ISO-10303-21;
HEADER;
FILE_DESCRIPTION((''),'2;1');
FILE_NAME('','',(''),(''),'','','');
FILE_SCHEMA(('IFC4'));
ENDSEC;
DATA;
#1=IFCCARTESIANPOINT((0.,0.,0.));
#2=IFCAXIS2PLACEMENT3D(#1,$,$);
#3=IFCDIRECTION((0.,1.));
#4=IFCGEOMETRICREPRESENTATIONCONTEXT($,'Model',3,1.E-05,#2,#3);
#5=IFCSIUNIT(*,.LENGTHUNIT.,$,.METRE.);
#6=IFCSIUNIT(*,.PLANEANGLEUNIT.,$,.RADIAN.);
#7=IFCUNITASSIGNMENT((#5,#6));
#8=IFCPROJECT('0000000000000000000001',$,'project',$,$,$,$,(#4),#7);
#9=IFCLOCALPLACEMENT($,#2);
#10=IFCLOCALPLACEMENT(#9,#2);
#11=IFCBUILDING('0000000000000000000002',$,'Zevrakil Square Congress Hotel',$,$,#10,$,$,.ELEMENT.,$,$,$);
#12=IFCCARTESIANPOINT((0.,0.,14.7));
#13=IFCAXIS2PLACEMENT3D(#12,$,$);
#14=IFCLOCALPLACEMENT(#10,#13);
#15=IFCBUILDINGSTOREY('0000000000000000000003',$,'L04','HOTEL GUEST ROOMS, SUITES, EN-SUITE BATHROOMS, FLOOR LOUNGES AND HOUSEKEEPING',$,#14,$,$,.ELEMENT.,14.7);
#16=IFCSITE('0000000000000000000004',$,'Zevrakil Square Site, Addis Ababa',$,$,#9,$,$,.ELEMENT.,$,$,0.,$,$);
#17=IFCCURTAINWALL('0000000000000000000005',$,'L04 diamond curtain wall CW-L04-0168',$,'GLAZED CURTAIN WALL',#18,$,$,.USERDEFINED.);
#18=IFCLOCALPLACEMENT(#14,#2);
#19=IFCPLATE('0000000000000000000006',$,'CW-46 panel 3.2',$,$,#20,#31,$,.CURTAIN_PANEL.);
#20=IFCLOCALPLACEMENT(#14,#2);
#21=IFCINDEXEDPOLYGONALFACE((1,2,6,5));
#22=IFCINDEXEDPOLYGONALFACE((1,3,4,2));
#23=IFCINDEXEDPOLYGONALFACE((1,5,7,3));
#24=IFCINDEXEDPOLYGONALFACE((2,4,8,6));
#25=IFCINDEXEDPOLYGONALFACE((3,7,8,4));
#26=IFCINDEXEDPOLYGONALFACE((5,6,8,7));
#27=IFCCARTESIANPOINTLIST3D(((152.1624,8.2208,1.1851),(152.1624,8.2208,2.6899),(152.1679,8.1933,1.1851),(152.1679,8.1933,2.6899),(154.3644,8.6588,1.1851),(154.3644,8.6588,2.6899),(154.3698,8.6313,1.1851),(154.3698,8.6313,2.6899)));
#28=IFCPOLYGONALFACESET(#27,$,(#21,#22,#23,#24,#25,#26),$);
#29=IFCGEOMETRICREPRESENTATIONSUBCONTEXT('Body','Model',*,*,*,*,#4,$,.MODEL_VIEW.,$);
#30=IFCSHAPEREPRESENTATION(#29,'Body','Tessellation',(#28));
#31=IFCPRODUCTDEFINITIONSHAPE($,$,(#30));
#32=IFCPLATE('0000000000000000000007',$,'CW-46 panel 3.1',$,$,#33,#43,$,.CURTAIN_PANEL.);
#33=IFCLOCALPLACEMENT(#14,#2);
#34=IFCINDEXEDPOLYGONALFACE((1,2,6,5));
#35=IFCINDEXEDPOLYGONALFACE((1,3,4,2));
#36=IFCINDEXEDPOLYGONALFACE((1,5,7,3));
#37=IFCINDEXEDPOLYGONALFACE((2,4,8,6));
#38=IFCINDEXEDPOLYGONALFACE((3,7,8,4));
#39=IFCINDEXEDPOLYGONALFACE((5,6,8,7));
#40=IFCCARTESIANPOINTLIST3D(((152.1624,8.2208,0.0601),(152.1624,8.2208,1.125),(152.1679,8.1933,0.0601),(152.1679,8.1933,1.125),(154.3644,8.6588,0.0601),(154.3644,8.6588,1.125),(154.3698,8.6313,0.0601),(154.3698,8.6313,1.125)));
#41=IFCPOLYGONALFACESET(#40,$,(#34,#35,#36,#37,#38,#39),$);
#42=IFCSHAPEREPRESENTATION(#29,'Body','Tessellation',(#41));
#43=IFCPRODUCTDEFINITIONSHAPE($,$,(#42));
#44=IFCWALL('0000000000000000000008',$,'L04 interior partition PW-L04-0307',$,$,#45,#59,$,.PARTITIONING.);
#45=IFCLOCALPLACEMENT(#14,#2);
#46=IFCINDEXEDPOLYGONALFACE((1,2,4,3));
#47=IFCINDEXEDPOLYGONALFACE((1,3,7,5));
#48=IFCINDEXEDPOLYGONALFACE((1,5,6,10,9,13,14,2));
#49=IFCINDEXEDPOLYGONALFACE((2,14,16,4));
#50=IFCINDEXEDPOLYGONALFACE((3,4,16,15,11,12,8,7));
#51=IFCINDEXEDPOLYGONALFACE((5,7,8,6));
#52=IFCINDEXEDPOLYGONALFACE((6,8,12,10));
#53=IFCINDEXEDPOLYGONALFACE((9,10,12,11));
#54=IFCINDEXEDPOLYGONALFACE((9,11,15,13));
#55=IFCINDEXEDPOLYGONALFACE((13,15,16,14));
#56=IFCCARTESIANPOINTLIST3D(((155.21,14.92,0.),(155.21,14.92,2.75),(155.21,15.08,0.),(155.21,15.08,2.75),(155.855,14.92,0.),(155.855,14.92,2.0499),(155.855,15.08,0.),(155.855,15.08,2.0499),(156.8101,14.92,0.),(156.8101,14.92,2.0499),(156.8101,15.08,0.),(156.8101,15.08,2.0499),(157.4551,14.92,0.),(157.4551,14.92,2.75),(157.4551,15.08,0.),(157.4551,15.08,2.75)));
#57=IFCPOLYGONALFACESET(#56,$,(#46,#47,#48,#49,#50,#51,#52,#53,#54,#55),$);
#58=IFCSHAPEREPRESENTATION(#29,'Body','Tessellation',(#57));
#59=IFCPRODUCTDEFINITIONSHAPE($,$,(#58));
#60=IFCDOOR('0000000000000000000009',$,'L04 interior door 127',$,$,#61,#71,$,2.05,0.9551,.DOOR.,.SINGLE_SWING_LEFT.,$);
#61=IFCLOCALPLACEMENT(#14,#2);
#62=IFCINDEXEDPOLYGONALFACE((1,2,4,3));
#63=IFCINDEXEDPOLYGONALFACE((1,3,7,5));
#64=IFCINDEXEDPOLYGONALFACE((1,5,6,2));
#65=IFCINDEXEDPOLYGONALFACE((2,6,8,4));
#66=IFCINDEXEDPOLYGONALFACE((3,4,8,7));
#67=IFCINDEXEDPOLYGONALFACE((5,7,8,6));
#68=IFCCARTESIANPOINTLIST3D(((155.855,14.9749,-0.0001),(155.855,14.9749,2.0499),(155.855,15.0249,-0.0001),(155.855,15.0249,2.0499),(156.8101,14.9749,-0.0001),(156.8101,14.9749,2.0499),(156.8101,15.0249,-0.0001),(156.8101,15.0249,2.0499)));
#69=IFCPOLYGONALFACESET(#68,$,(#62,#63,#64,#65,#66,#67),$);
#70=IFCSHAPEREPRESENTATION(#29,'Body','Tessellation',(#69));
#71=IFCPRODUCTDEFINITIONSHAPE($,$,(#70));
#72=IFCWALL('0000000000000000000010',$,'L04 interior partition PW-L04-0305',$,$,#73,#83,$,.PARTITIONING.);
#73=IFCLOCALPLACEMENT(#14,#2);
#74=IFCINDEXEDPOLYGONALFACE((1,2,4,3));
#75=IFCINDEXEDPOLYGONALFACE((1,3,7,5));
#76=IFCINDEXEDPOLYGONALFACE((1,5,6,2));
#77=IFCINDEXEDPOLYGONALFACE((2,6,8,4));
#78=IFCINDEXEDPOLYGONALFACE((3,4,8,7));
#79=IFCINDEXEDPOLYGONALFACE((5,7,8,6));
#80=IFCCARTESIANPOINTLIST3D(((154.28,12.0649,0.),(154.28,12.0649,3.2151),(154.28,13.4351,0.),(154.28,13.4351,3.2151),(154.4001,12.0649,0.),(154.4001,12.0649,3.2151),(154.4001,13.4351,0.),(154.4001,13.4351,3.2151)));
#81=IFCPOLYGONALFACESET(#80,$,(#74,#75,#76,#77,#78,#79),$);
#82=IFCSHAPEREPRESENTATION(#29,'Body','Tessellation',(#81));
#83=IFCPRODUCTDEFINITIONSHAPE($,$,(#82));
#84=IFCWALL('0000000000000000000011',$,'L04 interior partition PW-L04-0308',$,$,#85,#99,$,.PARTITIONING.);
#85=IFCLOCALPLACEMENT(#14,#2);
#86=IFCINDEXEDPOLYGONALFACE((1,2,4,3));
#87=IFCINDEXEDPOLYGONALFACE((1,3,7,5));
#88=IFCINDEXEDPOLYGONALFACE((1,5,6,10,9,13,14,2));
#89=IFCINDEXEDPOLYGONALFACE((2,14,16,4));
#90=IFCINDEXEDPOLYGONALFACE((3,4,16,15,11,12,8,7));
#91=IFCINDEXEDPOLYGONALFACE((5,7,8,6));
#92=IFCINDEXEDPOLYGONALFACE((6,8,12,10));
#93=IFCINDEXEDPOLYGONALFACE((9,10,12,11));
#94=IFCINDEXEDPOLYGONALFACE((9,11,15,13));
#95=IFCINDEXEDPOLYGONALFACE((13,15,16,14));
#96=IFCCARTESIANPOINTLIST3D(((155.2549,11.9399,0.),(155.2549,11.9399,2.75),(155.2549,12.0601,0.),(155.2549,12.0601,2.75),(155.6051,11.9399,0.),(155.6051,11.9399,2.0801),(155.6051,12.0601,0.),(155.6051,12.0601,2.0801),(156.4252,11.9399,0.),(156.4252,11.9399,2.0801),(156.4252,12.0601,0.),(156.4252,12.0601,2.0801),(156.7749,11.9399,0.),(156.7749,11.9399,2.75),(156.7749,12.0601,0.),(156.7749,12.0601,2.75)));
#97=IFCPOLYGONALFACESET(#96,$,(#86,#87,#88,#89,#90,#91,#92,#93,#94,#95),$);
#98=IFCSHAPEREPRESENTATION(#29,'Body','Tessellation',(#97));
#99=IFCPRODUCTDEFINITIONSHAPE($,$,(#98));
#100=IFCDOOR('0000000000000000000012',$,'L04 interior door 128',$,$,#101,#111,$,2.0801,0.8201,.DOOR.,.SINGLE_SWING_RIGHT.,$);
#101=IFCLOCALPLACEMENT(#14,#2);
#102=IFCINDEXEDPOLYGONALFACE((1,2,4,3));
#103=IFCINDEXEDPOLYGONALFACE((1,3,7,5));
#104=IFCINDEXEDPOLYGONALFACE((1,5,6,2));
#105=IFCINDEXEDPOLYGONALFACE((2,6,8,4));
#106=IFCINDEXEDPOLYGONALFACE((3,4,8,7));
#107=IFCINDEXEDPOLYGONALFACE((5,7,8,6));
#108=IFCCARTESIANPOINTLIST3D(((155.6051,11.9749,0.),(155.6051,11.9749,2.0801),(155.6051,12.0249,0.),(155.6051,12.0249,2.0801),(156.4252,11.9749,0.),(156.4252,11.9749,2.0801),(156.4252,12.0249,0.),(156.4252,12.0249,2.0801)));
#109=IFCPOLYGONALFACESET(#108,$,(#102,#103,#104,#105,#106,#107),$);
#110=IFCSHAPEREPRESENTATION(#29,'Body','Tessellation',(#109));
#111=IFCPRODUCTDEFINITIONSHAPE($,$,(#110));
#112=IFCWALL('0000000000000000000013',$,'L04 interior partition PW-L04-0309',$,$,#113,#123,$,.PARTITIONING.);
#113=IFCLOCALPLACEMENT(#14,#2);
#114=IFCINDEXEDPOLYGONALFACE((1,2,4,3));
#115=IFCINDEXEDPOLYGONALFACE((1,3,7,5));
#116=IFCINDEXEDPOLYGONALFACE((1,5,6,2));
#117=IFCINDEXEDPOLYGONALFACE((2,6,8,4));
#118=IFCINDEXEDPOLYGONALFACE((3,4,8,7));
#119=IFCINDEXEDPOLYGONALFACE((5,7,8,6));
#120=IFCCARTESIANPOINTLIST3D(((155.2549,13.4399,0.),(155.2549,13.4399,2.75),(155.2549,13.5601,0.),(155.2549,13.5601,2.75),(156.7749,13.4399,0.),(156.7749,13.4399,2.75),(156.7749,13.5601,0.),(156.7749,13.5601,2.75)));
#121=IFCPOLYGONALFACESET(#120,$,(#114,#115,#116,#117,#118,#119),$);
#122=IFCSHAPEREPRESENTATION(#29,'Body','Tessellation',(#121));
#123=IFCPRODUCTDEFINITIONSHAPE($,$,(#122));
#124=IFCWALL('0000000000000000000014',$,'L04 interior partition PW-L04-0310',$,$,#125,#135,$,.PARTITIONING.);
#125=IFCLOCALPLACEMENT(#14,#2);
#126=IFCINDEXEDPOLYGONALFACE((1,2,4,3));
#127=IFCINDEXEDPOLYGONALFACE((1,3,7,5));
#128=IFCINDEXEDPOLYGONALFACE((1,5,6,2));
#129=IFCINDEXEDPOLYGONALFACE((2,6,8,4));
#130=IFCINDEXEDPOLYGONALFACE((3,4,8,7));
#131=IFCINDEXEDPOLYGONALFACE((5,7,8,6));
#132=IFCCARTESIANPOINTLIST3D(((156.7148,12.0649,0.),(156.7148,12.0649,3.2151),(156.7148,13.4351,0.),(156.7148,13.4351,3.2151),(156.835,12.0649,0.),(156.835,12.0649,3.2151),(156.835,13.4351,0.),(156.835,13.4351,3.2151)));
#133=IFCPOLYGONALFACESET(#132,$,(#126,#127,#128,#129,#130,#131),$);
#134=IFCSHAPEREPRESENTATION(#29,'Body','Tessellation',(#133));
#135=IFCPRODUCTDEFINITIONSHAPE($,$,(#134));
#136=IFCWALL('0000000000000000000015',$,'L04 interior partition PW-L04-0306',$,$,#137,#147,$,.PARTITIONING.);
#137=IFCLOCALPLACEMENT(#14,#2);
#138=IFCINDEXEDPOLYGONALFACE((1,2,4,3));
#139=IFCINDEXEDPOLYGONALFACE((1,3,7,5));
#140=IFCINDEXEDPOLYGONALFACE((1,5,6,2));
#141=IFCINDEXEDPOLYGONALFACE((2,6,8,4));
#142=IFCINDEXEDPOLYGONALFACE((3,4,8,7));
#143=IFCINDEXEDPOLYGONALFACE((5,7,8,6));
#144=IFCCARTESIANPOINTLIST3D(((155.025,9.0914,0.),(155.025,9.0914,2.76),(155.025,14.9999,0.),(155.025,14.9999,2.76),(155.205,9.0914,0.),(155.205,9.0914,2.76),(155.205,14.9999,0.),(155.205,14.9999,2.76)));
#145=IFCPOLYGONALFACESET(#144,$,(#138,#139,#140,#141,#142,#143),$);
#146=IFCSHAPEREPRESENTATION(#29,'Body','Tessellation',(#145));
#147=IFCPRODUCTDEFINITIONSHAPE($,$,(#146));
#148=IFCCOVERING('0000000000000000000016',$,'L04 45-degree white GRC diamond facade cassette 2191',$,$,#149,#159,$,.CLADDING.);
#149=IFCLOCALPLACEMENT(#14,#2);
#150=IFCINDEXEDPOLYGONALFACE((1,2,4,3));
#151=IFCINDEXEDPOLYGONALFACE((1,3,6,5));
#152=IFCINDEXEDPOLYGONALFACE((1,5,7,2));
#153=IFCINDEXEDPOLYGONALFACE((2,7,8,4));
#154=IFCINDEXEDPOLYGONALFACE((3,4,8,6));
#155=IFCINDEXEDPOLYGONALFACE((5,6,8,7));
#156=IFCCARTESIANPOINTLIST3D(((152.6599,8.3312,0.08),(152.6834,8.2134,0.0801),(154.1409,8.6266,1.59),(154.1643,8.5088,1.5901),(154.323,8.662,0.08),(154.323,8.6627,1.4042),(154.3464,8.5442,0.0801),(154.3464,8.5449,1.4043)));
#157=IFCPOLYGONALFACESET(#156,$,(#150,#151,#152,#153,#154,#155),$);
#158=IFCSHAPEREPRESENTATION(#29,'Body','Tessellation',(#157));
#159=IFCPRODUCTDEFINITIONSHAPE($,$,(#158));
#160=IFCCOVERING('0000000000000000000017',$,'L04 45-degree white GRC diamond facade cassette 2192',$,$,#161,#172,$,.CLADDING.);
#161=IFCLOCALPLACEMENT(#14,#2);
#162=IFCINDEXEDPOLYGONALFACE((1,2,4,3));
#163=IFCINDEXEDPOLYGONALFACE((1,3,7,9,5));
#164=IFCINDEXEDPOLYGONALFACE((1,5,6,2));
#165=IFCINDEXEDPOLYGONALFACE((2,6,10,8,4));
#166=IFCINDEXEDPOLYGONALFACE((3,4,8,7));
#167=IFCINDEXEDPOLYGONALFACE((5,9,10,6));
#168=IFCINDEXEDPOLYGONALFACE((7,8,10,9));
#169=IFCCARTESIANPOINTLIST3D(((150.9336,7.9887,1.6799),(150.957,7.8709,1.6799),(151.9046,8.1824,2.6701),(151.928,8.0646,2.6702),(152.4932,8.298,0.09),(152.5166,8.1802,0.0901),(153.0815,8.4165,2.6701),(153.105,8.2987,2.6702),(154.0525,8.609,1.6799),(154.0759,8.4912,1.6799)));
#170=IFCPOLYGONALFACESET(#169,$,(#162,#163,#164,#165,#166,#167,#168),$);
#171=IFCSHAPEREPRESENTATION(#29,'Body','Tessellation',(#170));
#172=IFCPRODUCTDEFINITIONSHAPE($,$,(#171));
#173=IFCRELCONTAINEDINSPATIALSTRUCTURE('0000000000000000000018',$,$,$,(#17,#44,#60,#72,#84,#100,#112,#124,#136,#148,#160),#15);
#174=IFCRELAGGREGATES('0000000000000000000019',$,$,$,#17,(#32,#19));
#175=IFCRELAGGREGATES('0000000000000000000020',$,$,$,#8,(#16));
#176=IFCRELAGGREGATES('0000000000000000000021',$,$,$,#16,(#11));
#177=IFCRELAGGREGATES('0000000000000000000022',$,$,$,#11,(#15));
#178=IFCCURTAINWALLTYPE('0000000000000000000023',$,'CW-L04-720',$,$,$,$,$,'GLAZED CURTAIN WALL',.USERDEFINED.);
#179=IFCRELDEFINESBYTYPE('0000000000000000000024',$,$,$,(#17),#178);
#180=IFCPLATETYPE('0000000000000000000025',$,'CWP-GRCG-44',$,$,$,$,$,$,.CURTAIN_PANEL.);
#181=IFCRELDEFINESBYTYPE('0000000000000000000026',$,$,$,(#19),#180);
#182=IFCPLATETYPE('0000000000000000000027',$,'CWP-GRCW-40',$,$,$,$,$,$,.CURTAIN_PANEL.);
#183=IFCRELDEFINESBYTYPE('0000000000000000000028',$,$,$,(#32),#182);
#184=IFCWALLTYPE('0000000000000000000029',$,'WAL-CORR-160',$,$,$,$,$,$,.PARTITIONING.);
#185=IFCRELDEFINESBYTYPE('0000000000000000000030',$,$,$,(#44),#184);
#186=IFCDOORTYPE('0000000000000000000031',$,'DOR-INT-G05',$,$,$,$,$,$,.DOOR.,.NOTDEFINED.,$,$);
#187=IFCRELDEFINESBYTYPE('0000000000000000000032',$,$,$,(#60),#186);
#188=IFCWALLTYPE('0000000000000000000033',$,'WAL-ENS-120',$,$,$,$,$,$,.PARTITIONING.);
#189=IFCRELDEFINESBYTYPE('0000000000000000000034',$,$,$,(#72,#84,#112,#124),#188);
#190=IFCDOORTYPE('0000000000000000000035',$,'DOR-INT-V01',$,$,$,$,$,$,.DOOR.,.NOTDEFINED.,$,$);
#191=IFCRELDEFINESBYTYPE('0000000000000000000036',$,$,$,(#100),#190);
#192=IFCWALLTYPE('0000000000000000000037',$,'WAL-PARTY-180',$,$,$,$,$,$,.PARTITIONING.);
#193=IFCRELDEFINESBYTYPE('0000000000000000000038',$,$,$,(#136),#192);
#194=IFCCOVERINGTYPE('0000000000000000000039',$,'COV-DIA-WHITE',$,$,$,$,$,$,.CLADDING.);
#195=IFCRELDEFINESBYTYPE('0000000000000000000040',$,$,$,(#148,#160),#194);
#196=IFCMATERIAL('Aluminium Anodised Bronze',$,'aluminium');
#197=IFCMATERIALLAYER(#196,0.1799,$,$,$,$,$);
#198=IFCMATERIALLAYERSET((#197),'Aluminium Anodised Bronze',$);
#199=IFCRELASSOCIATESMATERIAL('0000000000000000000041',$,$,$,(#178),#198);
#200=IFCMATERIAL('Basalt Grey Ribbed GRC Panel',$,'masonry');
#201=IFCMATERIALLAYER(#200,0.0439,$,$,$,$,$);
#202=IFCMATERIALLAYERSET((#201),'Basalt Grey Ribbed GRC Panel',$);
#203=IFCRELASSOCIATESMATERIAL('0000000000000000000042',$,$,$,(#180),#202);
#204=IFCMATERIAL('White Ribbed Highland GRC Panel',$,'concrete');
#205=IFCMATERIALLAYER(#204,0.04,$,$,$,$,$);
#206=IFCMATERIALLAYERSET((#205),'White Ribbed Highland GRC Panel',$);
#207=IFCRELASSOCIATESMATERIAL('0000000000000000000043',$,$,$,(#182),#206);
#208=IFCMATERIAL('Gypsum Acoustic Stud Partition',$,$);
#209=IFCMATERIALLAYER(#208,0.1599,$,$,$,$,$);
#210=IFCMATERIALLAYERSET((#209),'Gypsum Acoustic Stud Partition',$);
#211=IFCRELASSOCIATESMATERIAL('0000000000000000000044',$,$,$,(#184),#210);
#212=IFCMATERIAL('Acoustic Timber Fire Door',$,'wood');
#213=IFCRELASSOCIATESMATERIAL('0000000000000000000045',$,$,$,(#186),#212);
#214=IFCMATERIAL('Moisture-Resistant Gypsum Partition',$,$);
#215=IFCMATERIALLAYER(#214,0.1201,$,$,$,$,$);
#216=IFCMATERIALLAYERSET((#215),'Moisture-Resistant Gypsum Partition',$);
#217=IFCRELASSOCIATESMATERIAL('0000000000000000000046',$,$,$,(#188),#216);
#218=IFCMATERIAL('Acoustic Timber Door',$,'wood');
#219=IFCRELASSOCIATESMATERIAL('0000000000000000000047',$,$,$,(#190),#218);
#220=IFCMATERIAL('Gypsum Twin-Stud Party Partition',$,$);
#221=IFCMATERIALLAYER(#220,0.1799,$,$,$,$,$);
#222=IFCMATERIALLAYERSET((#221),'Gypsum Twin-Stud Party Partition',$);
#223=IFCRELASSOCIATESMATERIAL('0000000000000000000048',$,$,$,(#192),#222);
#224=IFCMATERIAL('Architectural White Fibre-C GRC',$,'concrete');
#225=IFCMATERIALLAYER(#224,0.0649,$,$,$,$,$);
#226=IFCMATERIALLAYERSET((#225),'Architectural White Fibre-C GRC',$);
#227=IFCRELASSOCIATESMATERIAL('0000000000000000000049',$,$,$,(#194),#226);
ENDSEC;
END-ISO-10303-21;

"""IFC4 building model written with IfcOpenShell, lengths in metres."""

from ifc_helpers import new_model, si_unit, direction, frame, frame_2d, origin, origin_2d, place, context, subcontext, project, spatial, polyline, rectangle, outline, extrude, material, layer, layer_set, type_object, element, fill, aggregate, save


model = new_model("IFC4")

# Units and contexts
model_context = context("Model", 3, precision=1e-05, world=origin(), true_north=direction((0.0, 1.0)))
body_context = subcontext(model_context, "Body", "Model", "MODEL_VIEW")
ifc_project = project(units=[si_unit("LENGTHUNIT", "METRE"), si_unit("PLANEANGLEUNIT", "RADIAN")], contexts=[model_context])

# Site, building, storey
site_placement = place(None, origin())
site = spatial("IfcSite", under=ifc_project, at=site_placement, Name="Zevrakil Square Site, Addis Ababa", CompositionType="ELEMENT", RefElevation=0.0)
building_placement = place(site_placement, origin())
building = spatial("IfcBuilding", under=site, at=building_placement, Name="Zevrakil Square Congress Hotel", CompositionType="ELEMENT")
storey_placement = place(building_placement, frame((0.0, 0.0, 14.7)))
storey = spatial("IfcBuildingStorey", under=building, at=storey_placement, Name="L04", Description="HOTEL GUEST ROOMS, SUITES, EN-SUITE BATHROOMS, FLOOR LOUNGES AND HOUSEKEEPING", CompositionType="ELEMENT", Elevation=14.7)

# Shared definitions
ifc_material_1 = material(Name="Aluminium Anodised Bronze", Category="aluminium")
ifc_layer_1 = layer(ifc_material_1, 0.1799)
ifc_layer_set_1 = layer_set([ifc_layer_1], Name="Aluminium Anodised Bronze")
curtain_wall_type = type_object("IfcCurtainWallType", Name="CW-L04-720", ElementType="GLAZED CURTAIN WALL", PredefinedType="USERDEFINED", material=ifc_layer_set_1)

# Curtain wall
curtain_wall_1_placement = place(storey_placement, origin())
curtain_wall_1 = element("IfcCurtainWall", 1, at=curtain_wall_1_placement, inside=storey, type_object=curtain_wall_type, Name="L04 diamond curtain wall CW-L04-0168", ObjectType="GLAZED CURTAIN WALL", PredefinedType="USERDEFINED")

# Plates
ifc_material_2 = material(Name="Basalt Grey Ribbed GRC Panel", Category="masonry")
ifc_layer_2 = layer(ifc_material_2, 0.0439)
ifc_layer_set_2 = layer_set([ifc_layer_2], Name="Basalt Grey Ribbed GRC Panel")
plate_type_1 = type_object("IfcPlateType", Name="CWP-GRCG-44", PredefinedType="CURTAIN_PANEL", material=ifc_layer_set_2)
plate_1_placement = place(storey_placement, frame((153.2661, 8.426, 1.1851), z_axis=(0.0, 0.0, 1.0), x_axis=(0.980787, 0.195084, 0.0)))
plate_1 = element("IfcPlate", 2, at=plate_1_placement, type_object=plate_type_1, Name="CW-46 panel 3.2", PredefinedType="CURTAIN_PANEL", context=body_context, shape_type="SweptSolid", body=[
    extrude(rectangle(XDim=2.2451, YDim=0.0281, at=origin_2d()), origin(), (0.0, 0.0, 1.0), 1.5049),
])
ifc_material_3 = material(Name="White Ribbed Highland GRC Panel", Category="concrete")
ifc_layer_3 = layer(ifc_material_3, 0.04)
ifc_layer_set_3 = layer_set([ifc_layer_3], Name="White Ribbed Highland GRC Panel")
plate_type_2 = type_object("IfcPlateType", Name="CWP-GRCW-40", PredefinedType="CURTAIN_PANEL", material=ifc_layer_set_3)
plate_2_placement = place(storey_placement, frame((153.2661, 8.426, 0.0601), z_axis=(0.0, 0.0, 1.0), x_axis=(0.980787, 0.195084, 0.0)))
plate_2 = element("IfcPlate", 3, at=plate_2_placement, type_object=plate_type_2, Name="CW-46 panel 3.1", PredefinedType="CURTAIN_PANEL", context=body_context, shape_type="SweptSolid", body=[
    extrude(rectangle(XDim=2.2451, YDim=0.0281, at=origin_2d()), origin(), (0.0, 0.0, 1.0), 1.0649),
])
aggregate(curtain_wall_1, [plate_2, plate_1])

# Wall, opening, door
ifc_material_4 = material(Name="Gypsum Acoustic Stud Partition")
ifc_layer_4 = layer(ifc_material_4, 0.1599)
ifc_layer_set_4 = layer_set([ifc_layer_4], Name="Gypsum Acoustic Stud Partition")
wall_type_1 = type_object("IfcWallType", Name="WAL-CORR-160", PredefinedType="PARTITIONING", material=ifc_layer_set_4)
wall_1_placement = place(storey_placement, frame((155.21, 15.0, 0.0), z_axis=(0.0, 0.0, 1.0), x_axis=(1.0, 0.0, 0.0)))
wall_1 = element("IfcWall", 4, at=wall_1_placement, inside=storey, type_object=wall_type_1, Name="L04 interior partition PW-L04-0307", PredefinedType="PARTITIONING", context=body_context, shape_type="SweptSolid", body=[
    extrude(rectangle(XDim=2.2451, YDim=0.1599, at=frame_2d((1.1226, 0.0))), origin(), (0.0, 0.0, 1.0), 2.75),
])
opening_1_placement = place(wall_1_placement, frame((0.645, 0.0, 0.0)))
opening_1 = element("IfcOpeningElement", 5, at=opening_1_placement, cuts=wall_1, PredefinedType="OPENING", context=body_context, shape_type="SweptSolid", body=[
    extrude(rectangle(XDim=0.9551, YDim=2.05, at=frame_2d((0.4775, 1.0249))), frame((0.0, 0.0898, 0.0), z_axis=(0.0, -1.0, 0.0), x_axis=(1.0, 0.0, 0.0)), (0.0, 0.0, 1.0), 0.1799),
])
ifc_material_5 = material(Name="Acoustic Timber Fire Door", Category="wood")
door_type_1 = type_object("IfcDoorType", Name="DOR-INT-G05", OperationType="NOTDEFINED", PredefinedType="DOOR", material=ifc_material_5)
door_1_placement = place(opening_1_placement, origin())
door_1 = element("IfcDoor", 6, at=door_1_placement, inside=storey, type_object=door_type_1, Name="L04 interior door 127", OperationType="SINGLE_SWING_LEFT", OverallHeight=2.05, OverallWidth=0.9551, PredefinedType="DOOR", context=body_context, shape_type="SweptSolid", body=[
    extrude(rectangle(XDim=0.9551, YDim=2.05, at=frame_2d((0.4775, 1.0249))), frame((0.0, 0.0249, 0.0), z_axis=(0.0, -1.0, 0.0), x_axis=(1.0, 0.0, 0.0)), (0.0, 0.0, 1.0), 0.05),
])
fill(opening_1, door_1)

# Wall
ifc_material_6 = material(Name="Moisture-Resistant Gypsum Partition")
ifc_layer_5 = layer(ifc_material_6, 0.1201)
ifc_layer_set_5 = layer_set([ifc_layer_5], Name="Moisture-Resistant Gypsum Partition")
wall_type_2 = type_object("IfcWallType", Name="WAL-ENS-120", PredefinedType="PARTITIONING", material=ifc_layer_set_5)
wall_2_placement = place(storey_placement, frame((154.3401, 12.0649, 0.0), z_axis=(0.0, 0.0, 1.0), x_axis=(0.0, 1.0, 0.0)))
element("IfcWall", 7, at=wall_2_placement, inside=storey, type_object=wall_type_2, Name="L04 interior partition PW-L04-0305", PredefinedType="PARTITIONING", context=body_context, shape_type="SweptSolid", body=[
    extrude(rectangle(XDim=1.3701, YDim=0.1201, at=frame_2d((0.6851, 0.0))), origin(), (0.0, 0.0, 1.0), 3.2151),
])

# Wall, opening, door
wall_3_placement = place(storey_placement, frame((155.2549, 12.0, 0.0), z_axis=(0.0, 0.0, 1.0), x_axis=(1.0, 0.0, 0.0)))
wall_3 = element("IfcWall", 8, at=wall_3_placement, inside=storey, type_object=wall_type_2, Name="L04 interior partition PW-L04-0308", PredefinedType="PARTITIONING", context=body_context, shape_type="SweptSolid", body=[
    extrude(rectangle(XDim=1.52, YDim=0.1201, at=frame_2d((0.76, 0.0))), origin(), (0.0, 0.0, 1.0), 2.75),
])
opening_2_placement = place(wall_3_placement, frame((0.3501, 0.0, 0.0)))
opening_2 = element("IfcOpeningElement", 9, at=opening_2_placement, cuts=wall_3, PredefinedType="OPENING", context=body_context, shape_type="SweptSolid", body=[
    extrude(rectangle(XDim=0.8201, YDim=2.0801, at=frame_2d((0.4102, 1.04))), frame((0.0, 0.0701, 0.0), z_axis=(0.0, -1.0, 0.0), x_axis=(1.0, 0.0, 0.0)), (0.0, 0.0, 1.0), 0.1401),
])
ifc_material_7 = material(Name="Acoustic Timber Door", Category="wood")
door_type_2 = type_object("IfcDoorType", Name="DOR-INT-V01", OperationType="NOTDEFINED", PredefinedType="DOOR", material=ifc_material_7)
door_2_placement = place(opening_2_placement, origin())
door_2 = element("IfcDoor", 10, at=door_2_placement, inside=storey, type_object=door_type_2, Name="L04 interior door 128", OperationType="SINGLE_SWING_RIGHT", OverallHeight=2.0801, OverallWidth=0.8201, PredefinedType="DOOR", context=body_context, shape_type="SweptSolid", body=[
    extrude(rectangle(XDim=0.8201, YDim=2.0801, at=frame_2d((0.4102, 1.04))), frame((0.0, 0.0249, 0.0), z_axis=(0.0, -1.0, 0.0), x_axis=(1.0, 0.0, 0.0)), (0.0, 0.0, 1.0), 0.05),
])
fill(opening_2, door_2)

# Walls
wall_4_placement = place(storey_placement, frame((155.2549, 13.5, 0.0), z_axis=(0.0, 0.0, 1.0), x_axis=(1.0, 0.0, 0.0)))
element("IfcWall", 11, at=wall_4_placement, inside=storey, type_object=wall_type_2, Name="L04 interior partition PW-L04-0309", PredefinedType="PARTITIONING", context=body_context, shape_type="SweptSolid", body=[
    extrude(rectangle(XDim=1.52, YDim=0.1201, at=frame_2d((0.76, 0.0))), origin(), (0.0, 0.0, 1.0), 2.75),
])
wall_5_placement = place(storey_placement, frame((156.7749, 12.0649, 0.0), z_axis=(0.0, 0.0, 1.0), x_axis=(0.0, 1.0, 0.0)))
element("IfcWall", 12, at=wall_5_placement, inside=storey, type_object=wall_type_2, Name="L04 interior partition PW-L04-0310", PredefinedType="PARTITIONING", context=body_context, shape_type="SweptSolid", body=[
    extrude(rectangle(XDim=1.3701, YDim=0.1201, at=frame_2d((0.6851, 0.0))), origin(), (0.0, 0.0, 1.0), 3.2151),
])
ifc_material_8 = material(Name="Gypsum Twin-Stud Party Partition")
ifc_layer_6 = layer(ifc_material_8, 0.1799)
ifc_layer_set_6 = layer_set([ifc_layer_6], Name="Gypsum Twin-Stud Party Partition")
wall_type_3 = type_object("IfcWallType", Name="WAL-PARTY-180", PredefinedType="PARTITIONING", material=ifc_layer_set_6)
wall_6_placement = place(storey_placement, frame((155.115, 9.0916, 0.0), z_axis=(0.0, 0.0, 1.0), x_axis=(0.0, 1.0, 0.0)))
element("IfcWall", 13, at=wall_6_placement, inside=storey, type_object=wall_type_3, Name="L04 interior partition PW-L04-0306", PredefinedType="PARTITIONING", context=body_context, shape_type="SweptSolid", body=[
    extrude(rectangle(XDim=5.9084, YDim=0.1799, at=frame_2d((2.9541, 0.0))), origin(), (0.0, 0.0, 1.0), 2.76),
])

# Coverings
ifc_material_9 = material(Name="Architectural White Fibre-C GRC", Category="concrete")
ifc_layer_7 = layer(ifc_material_9, 0.0649)
ifc_layer_set_7 = layer_set([ifc_layer_7], Name="Architectural White Fibre-C GRC")
covering_type_1 = type_object("IfcCoveringType", Name="COV-DIA-WHITE", PredefinedType="CLADDING", material=ifc_layer_set_7)
covering_1_placement = place(storey_placement, frame((154.1643, 8.5088, 1.5901), z_axis=(0.195095, -0.980784, 0.000538), x_axis=(0.693383, 0.137538, -0.707321)))
element("IfcCovering", 14, at=covering_1_placement, inside=storey, type_object=covering_type_1, Name="L04 45-degree white GRC diamond facade cassette 2191", PredefinedType="CLADDING", context=body_context, shape_type="SweptSolid", body=[
    extrude(outline(polyline([(0.0, 0.0), (0.2627, 0.0), (1.1992, -0.9362), (0.0006, -2.1356), (0.0, 0.0)])), origin(), (0.0, 0.0, -1.0), 0.1201),
])
covering_2_placement = place(storey_placement, frame((154.0759, 8.4912, 1.6799), z_axis=(0.19506, -0.980791, 0.000571), x_axis=(-0.693489, -0.138333, -0.707062)))
element("IfcCovering", 15, at=covering_2_placement, inside=storey, type_object=covering_type_1, Name="L04 45-degree white GRC diamond facade cassette 2192", PredefinedType="CLADDING", context=body_context, shape_type="SweptSolid", body=[
    extrude(outline(polyline([(0.0, 0.0), (2.2485, 0.0), (2.2487, -2.2485), (0.8484, -2.2486), (-0.0002, -1.4001), (0.0, 0.0)])), origin(), (0.0, 0.0, -1.0), 0.1201),
])

save(model, "model.ifc")
